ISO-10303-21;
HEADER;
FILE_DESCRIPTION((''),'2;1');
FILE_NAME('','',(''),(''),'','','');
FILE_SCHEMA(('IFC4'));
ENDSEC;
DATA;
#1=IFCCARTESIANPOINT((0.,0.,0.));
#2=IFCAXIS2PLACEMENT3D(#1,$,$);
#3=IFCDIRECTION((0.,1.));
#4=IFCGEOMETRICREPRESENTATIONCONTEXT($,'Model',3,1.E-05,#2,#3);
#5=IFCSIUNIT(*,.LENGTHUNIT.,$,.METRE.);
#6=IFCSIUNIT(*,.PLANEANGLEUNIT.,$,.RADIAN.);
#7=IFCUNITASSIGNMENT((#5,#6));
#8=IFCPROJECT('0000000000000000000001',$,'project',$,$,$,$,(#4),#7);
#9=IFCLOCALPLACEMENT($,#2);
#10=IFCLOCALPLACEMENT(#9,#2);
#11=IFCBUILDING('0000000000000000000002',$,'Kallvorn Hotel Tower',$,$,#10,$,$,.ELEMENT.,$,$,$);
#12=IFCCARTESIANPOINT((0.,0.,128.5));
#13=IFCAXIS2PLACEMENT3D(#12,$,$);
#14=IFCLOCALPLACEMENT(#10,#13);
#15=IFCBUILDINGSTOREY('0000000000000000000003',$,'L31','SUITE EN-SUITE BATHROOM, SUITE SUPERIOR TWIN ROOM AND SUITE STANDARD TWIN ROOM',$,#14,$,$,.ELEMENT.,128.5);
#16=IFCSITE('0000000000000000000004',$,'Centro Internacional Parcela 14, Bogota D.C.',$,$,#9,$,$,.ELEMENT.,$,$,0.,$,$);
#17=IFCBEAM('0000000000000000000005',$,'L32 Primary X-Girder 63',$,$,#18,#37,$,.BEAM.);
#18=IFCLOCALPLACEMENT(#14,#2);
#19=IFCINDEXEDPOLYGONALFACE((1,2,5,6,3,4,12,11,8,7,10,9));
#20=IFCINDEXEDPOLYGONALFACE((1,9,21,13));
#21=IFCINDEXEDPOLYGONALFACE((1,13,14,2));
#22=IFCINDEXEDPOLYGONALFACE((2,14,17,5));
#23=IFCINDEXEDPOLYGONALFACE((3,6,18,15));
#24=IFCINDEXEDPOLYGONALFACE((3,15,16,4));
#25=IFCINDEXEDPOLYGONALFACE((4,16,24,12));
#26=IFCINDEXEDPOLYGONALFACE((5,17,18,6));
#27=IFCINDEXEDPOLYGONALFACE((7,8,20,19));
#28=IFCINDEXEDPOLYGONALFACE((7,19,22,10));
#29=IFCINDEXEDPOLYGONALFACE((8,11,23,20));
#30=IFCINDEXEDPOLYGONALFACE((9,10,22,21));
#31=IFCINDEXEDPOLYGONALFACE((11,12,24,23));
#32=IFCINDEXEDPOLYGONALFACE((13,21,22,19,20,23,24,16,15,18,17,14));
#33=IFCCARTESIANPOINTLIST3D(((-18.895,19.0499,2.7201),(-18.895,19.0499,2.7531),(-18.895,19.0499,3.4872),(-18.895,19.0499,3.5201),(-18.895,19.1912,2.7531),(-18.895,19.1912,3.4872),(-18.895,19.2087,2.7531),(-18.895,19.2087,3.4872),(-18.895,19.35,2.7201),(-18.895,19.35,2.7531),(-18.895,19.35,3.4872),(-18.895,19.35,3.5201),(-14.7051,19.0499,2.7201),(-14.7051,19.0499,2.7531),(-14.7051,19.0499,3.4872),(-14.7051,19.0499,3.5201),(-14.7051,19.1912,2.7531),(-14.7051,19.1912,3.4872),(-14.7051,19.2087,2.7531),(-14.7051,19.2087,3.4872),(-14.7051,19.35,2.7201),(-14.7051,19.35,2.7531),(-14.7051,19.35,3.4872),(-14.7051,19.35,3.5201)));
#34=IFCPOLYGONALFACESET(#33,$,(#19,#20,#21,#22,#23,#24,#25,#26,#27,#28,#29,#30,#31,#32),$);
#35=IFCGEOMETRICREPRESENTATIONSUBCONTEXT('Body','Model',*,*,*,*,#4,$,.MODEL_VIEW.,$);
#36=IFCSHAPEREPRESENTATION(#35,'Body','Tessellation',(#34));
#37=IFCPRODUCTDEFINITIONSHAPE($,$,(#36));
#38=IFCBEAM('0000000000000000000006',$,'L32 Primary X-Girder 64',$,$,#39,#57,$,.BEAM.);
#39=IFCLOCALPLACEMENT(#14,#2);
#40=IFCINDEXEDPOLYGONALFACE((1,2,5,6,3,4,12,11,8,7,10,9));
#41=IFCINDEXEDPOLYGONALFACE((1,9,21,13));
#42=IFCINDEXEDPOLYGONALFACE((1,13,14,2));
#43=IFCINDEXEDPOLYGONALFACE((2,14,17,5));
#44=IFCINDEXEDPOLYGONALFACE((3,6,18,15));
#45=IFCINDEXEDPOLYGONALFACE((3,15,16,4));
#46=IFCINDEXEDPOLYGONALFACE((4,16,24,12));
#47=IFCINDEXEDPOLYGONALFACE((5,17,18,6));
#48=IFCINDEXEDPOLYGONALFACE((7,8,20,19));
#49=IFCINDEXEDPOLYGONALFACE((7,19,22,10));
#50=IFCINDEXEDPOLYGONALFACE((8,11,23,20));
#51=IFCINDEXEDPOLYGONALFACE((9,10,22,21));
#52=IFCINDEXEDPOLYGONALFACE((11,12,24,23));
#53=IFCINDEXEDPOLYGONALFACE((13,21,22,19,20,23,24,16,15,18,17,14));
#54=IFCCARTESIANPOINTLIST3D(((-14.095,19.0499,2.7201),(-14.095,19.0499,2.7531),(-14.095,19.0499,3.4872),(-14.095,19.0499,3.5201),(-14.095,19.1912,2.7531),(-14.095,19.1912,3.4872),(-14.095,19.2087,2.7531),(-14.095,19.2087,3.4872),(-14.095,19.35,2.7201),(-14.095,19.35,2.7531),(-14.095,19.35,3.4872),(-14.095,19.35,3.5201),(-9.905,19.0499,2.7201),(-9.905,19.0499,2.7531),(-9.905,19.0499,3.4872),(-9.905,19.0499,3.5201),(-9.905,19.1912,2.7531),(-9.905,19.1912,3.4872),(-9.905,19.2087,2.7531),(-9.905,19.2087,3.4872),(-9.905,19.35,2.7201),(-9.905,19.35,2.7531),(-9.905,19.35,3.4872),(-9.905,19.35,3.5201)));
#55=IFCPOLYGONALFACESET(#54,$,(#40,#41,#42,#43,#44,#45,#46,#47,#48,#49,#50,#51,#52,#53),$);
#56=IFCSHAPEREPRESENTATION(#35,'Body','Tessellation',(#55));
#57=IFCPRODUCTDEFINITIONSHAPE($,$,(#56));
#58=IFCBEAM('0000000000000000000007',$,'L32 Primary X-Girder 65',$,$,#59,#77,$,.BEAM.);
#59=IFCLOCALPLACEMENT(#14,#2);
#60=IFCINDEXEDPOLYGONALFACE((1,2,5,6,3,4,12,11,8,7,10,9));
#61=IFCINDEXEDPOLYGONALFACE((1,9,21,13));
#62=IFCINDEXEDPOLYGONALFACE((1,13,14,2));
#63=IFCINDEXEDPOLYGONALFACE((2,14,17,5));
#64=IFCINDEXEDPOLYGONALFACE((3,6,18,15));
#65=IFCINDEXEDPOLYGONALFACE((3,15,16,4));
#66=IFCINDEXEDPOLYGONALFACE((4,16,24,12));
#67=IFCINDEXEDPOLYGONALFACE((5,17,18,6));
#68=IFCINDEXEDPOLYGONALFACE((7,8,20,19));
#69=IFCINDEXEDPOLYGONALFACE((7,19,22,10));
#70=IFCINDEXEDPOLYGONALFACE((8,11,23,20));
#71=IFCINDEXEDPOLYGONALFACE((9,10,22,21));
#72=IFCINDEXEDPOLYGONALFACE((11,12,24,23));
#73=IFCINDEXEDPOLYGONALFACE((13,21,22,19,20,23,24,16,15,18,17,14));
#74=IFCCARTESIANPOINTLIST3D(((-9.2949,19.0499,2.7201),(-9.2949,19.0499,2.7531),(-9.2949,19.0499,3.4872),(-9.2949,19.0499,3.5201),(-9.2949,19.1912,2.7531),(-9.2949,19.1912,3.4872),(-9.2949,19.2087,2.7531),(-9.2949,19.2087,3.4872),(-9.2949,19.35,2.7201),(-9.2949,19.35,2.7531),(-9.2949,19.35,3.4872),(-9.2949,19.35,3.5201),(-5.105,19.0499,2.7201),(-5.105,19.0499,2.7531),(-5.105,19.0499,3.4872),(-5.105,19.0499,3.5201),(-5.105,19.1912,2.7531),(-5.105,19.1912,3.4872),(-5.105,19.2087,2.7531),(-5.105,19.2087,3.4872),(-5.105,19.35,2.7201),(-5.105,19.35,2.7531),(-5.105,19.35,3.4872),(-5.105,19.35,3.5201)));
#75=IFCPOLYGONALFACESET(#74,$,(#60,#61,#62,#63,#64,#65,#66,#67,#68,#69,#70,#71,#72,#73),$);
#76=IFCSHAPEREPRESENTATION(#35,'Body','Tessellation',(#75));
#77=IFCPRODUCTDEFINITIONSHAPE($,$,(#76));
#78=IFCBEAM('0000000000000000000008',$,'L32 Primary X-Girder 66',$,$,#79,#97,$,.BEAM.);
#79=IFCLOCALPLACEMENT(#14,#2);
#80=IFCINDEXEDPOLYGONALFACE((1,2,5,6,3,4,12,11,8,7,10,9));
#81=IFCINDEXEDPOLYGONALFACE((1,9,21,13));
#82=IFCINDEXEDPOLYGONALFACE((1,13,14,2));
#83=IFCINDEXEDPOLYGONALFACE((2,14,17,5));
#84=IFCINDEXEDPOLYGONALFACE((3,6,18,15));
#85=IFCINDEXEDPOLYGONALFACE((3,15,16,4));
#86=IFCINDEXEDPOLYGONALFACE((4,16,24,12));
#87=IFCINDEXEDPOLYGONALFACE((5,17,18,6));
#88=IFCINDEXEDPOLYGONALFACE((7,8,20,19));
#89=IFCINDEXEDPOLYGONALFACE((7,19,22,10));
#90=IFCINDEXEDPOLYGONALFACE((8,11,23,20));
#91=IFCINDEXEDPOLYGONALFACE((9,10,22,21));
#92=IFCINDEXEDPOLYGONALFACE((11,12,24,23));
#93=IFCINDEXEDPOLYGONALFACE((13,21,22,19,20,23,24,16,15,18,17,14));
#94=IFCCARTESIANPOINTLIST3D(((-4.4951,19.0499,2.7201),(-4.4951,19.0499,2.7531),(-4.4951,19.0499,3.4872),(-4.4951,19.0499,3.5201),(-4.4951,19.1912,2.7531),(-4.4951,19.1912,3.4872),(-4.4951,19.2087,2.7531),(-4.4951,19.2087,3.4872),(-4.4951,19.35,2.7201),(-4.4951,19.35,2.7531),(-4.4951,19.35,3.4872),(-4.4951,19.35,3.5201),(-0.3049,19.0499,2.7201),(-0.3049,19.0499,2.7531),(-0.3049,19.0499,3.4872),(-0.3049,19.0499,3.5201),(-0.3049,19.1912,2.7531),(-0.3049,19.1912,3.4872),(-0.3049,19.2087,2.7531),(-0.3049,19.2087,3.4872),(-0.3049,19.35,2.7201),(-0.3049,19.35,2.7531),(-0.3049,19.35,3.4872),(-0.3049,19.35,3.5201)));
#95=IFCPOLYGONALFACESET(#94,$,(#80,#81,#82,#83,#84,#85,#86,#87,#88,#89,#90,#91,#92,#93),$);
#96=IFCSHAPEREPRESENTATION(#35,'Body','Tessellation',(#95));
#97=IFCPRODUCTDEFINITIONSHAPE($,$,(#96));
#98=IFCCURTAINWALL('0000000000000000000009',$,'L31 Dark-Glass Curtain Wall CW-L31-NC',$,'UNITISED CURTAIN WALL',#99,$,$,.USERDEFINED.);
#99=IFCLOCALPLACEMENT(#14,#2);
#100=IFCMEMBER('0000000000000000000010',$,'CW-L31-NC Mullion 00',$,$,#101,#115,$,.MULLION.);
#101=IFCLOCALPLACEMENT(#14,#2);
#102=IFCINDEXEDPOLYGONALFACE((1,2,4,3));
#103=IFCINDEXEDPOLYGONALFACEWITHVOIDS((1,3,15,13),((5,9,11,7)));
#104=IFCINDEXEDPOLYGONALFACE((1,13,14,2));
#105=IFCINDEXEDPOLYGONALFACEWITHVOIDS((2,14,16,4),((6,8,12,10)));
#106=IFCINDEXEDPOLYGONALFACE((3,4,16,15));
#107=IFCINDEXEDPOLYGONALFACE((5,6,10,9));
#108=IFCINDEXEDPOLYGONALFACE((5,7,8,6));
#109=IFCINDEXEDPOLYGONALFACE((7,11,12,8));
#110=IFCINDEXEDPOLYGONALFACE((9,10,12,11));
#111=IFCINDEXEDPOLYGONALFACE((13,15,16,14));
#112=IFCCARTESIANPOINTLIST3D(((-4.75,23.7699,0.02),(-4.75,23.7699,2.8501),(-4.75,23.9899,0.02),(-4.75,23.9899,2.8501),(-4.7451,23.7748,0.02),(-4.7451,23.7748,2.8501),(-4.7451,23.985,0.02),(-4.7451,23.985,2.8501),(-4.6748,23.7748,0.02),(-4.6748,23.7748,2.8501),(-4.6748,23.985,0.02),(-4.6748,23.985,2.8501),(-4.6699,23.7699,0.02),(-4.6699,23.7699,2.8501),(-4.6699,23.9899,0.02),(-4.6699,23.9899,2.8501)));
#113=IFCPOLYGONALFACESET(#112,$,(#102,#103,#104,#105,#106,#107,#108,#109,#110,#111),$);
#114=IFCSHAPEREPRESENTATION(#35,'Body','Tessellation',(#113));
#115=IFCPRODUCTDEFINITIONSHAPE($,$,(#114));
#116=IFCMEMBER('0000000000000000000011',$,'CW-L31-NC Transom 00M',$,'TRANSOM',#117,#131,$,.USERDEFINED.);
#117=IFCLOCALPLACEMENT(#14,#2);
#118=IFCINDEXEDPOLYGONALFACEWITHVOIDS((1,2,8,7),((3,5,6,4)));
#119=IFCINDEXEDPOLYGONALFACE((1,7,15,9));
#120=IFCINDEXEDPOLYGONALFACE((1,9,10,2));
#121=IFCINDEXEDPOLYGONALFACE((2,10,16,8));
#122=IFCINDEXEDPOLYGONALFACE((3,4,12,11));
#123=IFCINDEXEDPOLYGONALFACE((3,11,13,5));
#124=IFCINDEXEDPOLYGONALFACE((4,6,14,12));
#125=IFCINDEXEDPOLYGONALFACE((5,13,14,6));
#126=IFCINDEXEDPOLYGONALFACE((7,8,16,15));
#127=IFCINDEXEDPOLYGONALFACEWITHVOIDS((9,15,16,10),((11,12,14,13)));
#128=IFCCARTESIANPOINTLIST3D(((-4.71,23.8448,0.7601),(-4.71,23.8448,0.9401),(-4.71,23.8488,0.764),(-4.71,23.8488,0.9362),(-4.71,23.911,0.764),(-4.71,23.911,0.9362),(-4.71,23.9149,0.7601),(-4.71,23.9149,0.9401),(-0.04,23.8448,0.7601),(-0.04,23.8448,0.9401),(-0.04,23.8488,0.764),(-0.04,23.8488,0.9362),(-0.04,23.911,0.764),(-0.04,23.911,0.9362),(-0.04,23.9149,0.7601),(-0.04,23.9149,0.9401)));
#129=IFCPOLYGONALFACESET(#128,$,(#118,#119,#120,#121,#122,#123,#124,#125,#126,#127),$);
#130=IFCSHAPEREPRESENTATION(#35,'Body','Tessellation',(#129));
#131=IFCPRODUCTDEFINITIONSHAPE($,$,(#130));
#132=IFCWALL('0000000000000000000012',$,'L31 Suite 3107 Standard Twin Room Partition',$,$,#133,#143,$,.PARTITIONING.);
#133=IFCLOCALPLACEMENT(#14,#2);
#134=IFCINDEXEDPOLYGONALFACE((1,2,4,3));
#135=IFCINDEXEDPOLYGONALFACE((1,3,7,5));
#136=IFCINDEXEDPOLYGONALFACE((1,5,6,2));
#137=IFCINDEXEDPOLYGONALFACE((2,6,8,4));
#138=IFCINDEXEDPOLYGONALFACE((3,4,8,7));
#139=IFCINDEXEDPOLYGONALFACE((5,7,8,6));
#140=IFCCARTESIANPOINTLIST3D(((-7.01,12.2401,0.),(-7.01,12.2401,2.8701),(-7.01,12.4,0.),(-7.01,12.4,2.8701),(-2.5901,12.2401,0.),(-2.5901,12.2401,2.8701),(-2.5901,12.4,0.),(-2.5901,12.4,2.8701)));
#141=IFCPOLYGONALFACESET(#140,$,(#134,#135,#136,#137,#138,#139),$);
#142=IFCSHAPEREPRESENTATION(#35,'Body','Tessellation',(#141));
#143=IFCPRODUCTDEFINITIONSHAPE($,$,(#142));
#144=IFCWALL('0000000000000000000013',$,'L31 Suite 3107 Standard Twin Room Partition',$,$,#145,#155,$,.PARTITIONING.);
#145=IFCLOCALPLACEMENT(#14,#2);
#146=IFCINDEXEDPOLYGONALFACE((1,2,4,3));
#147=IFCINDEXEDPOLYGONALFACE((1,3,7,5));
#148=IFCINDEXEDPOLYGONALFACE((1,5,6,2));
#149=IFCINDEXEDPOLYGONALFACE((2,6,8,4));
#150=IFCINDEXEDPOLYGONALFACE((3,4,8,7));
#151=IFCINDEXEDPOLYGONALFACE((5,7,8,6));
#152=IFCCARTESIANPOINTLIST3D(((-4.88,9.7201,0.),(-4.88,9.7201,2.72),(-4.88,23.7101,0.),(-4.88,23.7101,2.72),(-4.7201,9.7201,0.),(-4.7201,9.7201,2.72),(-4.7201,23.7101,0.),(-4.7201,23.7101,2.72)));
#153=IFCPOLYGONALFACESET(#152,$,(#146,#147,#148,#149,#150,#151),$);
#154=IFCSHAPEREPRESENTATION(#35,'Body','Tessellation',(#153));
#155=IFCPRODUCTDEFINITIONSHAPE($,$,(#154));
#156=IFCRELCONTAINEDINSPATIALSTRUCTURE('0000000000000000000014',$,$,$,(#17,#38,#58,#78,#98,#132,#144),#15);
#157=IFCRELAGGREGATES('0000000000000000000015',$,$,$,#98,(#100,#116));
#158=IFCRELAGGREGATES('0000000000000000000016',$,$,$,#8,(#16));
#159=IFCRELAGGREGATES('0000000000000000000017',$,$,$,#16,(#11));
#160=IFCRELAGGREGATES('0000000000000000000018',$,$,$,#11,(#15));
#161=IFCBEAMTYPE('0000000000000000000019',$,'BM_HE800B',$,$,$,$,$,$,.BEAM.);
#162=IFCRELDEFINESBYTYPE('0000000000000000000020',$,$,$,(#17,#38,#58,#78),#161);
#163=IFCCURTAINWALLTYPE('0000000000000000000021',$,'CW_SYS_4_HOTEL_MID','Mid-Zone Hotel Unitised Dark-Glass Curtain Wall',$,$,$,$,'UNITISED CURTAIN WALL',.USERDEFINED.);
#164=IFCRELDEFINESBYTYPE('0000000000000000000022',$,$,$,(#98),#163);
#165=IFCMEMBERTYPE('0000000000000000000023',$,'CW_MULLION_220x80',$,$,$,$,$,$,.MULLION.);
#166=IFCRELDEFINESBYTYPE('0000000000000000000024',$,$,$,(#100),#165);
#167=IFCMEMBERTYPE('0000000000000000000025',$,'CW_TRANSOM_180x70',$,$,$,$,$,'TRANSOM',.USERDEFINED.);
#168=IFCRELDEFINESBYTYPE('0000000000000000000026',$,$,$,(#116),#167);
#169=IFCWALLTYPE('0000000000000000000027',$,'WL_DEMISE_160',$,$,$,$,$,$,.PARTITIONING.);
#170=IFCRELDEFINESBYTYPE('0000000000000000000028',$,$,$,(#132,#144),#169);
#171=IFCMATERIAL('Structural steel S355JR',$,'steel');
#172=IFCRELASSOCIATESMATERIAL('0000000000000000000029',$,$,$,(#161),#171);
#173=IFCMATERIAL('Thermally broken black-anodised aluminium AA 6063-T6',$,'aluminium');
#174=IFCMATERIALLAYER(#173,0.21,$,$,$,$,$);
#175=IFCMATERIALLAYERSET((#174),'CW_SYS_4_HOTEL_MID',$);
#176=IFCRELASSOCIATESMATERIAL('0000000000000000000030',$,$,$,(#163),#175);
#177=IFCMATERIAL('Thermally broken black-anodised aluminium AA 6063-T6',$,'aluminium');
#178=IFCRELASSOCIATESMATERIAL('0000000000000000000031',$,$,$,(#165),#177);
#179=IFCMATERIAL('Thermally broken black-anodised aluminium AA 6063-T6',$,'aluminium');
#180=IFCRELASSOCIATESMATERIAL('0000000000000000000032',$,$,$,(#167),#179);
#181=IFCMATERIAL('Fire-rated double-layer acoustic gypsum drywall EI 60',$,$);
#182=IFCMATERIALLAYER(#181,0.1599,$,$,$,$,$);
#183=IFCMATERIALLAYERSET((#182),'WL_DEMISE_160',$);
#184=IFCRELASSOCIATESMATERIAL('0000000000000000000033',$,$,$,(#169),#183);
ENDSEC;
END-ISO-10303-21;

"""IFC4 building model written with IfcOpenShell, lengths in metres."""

from ifc_helpers import new_model, si_unit, direction, frame, frame_2d, origin, origin_2d, place, context, subcontext, project, spatial, rectangle, hollow_rectangle, i_section, extrude, material, layer, layer_set, material_profile, profile_set, type_object, element, aggregate, save


model = new_model("IFC4")

# Units and contexts
model_context = context("Model", 3, precision=1e-05, world=origin(), true_north=direction((0.0, 1.0)))
body_context = subcontext(model_context, "Body", "Model", "MODEL_VIEW")
ifc_project = project(units=[si_unit("LENGTHUNIT", "METRE"), si_unit("PLANEANGLEUNIT", "RADIAN")], contexts=[model_context])

# Site, building, storey
site_placement = place(None, origin())
site = spatial("IfcSite", under=ifc_project, at=site_placement, Name="Centro Internacional Parcela 14, Bogota D.C.", CompositionType="ELEMENT", RefElevation=0.0)
building_placement = place(site_placement, origin())
building = spatial("IfcBuilding", under=site, at=building_placement, Name="Kallvorn Hotel Tower", CompositionType="ELEMENT")
storey_placement = place(building_placement, frame((0.0, 0.0, 128.5)))
storey = spatial("IfcBuildingStorey", under=building, at=storey_placement, Name="L31", Description="SUITE EN-SUITE BATHROOM, SUITE SUPERIOR TWIN ROOM AND SUITE STANDARD TWIN ROOM", CompositionType="ELEMENT", Elevation=128.5)

# Beams
ifc_material_1 = material(Name="Structural steel S355JR", Category="steel")
ifc_material_profile_1 = material_profile(ifc_material_1, i_section(OverallWidth=0.3, OverallDepth=0.8, WebThickness=0.0176, FlangeThickness=0.033, at=origin_2d()), Name="HE 800 B")
ifc_profile_set_1 = profile_set([ifc_material_profile_1], Name="Structural steel S355JR")
beam_type_1 = type_object("IfcBeamType", Name="BM_HE800B", PredefinedType="BEAM", material=ifc_profile_set_1)
for number, where, z_axis, x_axis, name in (
    (1, (-18.895, 19.2, 3.1201), (1.0, 0.0, 0.0), (0.0, 1.0, 0.0), "L32 Primary X-Girder 63"),
    (2, (-14.095, 19.2, 3.1201), (1.0, 0.0, 0.0), (0.0, 1.0, 0.0), "L32 Primary X-Girder 64"),
    (3, (-9.2949, 19.2, 3.1201), (1.0, 0.0, 0.0), (0.0, 1.0, 0.0), "L32 Primary X-Girder 65"),
):
    element("IfcBeam", number, at=place(storey_placement, frame(where, z_axis=z_axis, x_axis=x_axis)), inside=storey, type_object=beam_type_1, Name=name, PredefinedType="BEAM", context=body_context, shape_type="SweptSolid", body=[
        extrude(i_section(OverallWidth=0.3, OverallDepth=0.8, WebThickness=0.0176, FlangeThickness=0.033, at=origin_2d()), origin(), (0.0, 0.0, 1.0), 4.1899),
    ])
beam_1_placement = place(storey_placement, frame((-4.4951, 19.2, 3.1201), z_axis=(1.0, 0.0, 0.0), x_axis=(0.0, 1.0, 0.0)))
element("IfcBeam", 4, at=beam_1_placement, inside=storey, type_object=beam_type_1, Name="L32 Primary X-Girder 66", PredefinedType="BEAM", context=body_context, shape_type="SweptSolid", body=[
    extrude(i_section(OverallWidth=0.3, OverallDepth=0.8, WebThickness=0.0176, FlangeThickness=0.033, at=origin_2d()), origin(), (0.0, 0.0, 1.0), 4.1902),
])

# Curtain wall, members
ifc_material_2 = material(Name="Thermally broken black-anodised aluminium AA 6063-T6", Category="aluminium")
ifc_layer_1 = layer(ifc_material_2, 0.21)
ifc_layer_set_1 = layer_set([ifc_layer_1], Name="CW_SYS_4_HOTEL_MID")
curtain_wall_type = type_object("IfcCurtainWallType", Name="CW_SYS_4_HOTEL_MID", Description="Mid-Zone Hotel Unitised Dark-Glass Curtain Wall", ElementType="UNITISED CURTAIN WALL", PredefinedType="USERDEFINED", material=ifc_layer_set_1)
curtain_wall_placement = place(storey_placement, origin())
curtain_wall = element("IfcCurtainWall", 5, at=curtain_wall_placement, inside=storey, type_object=curtain_wall_type, Name="L31 Dark-Glass Curtain Wall CW-L31-NC", ObjectType="UNITISED CURTAIN WALL", PredefinedType="USERDEFINED")
ifc_material_3 = material(Name="Thermally broken black-anodised aluminium AA 6063-T6", Category="aluminium")
ifc_material_profile_2 = material_profile(ifc_material_3, hollow_rectangle(XDim=0.0801, YDim=0.22, WallThickness=0.0049, at=origin_2d()), Name="MUL 220x80")
ifc_profile_set_2 = profile_set([ifc_material_profile_2], Name="Thermally broken black-anodised aluminium AA 6063-T6")
member_type_1 = type_object("IfcMemberType", Name="CW_MULLION_220x80", PredefinedType="MULLION", material=ifc_profile_set_2)
member_1_placement = place(storey_placement, frame((-4.71, 23.8799, 0.02), z_axis=(0.0, 0.0, 1.0), x_axis=(1.0, 0.0, 0.0)))
member_1 = element("IfcMember", 6, at=member_1_placement, type_object=member_type_1, Name="CW-L31-NC Mullion 00", PredefinedType="MULLION", context=body_context, shape_type="SweptSolid", body=[
    extrude(hollow_rectangle(XDim=0.0801, YDim=0.22, WallThickness=0.0049, at=origin_2d()), origin(), (0.0, 0.0, 1.0), 2.8301),
])
ifc_material_4 = material(Name="Thermally broken black-anodised aluminium AA 6063-T6", Category="aluminium")
ifc_material_profile_3 = material_profile(ifc_material_4, hollow_rectangle(XDim=0.0701, YDim=0.1799, WallThickness=0.0039, at=origin_2d()), Name="TRN 180x70")
ifc_profile_set_3 = profile_set([ifc_material_profile_3], Name="Thermally broken black-anodised aluminium AA 6063-T6")
member_type_2 = type_object("IfcMemberType", Name="CW_TRANSOM_180x70", ElementType="TRANSOM", PredefinedType="USERDEFINED", material=ifc_profile_set_3)
member_2_placement = place(storey_placement, frame((-4.71, 23.8799, 0.8501), z_axis=(1.0, 0.0, 0.0), x_axis=(0.0, 1.0, 0.0)))
member_2 = element("IfcMember", 7, at=member_2_placement, type_object=member_type_2, Name="CW-L31-NC Transom 00M", ObjectType="TRANSOM", PredefinedType="USERDEFINED", context=body_context, shape_type="SweptSolid", body=[
    extrude(hollow_rectangle(XDim=0.0701, YDim=0.1799, WallThickness=0.0039, at=origin_2d()), origin(), (0.0, 0.0, 1.0), 4.6699),
])
aggregate(curtain_wall, [member_1, member_2])

# Walls
ifc_material_5 = material(Name="Fire-rated double-layer acoustic gypsum drywall EI 60")
ifc_layer_2 = layer(ifc_material_5, 0.1599)
ifc_layer_set_2 = layer_set([ifc_layer_2], Name="WL_DEMISE_160")
wall_type = type_object("IfcWallType", Name="WL_DEMISE_160", PredefinedType="PARTITIONING", material=ifc_layer_set_2)
wall_1_placement = place(storey_placement, frame((-7.01, 12.3201, 0.0), z_axis=(0.0, 0.0, 1.0), x_axis=(1.0, 0.0, 0.0)))
element("IfcWall", 8, at=wall_1_placement, inside=storey, type_object=wall_type, Name="L31 Suite 3107 Standard Twin Room Partition", PredefinedType="PARTITIONING", context=body_context, shape_type="SweptSolid", body=[
    extrude(rectangle(XDim=4.4199, YDim=0.1599, at=frame_2d((2.21, 0.0))), origin(), (0.0, 0.0, 1.0), 2.8701),
])
wall_2_placement = place(storey_placement, frame((-4.8, 9.72, 0.0), z_axis=(0.0, 0.0, 1.0), x_axis=(0.0, 1.0, 0.0)))
element("IfcWall", 9, at=wall_2_placement, inside=storey, type_object=wall_type, Name="L31 Suite 3107 Standard Twin Room Partition", PredefinedType="PARTITIONING", context=body_context, shape_type="SweptSolid", body=[
    extrude(rectangle(XDim=13.99, YDim=0.1599, at=frame_2d((6.9951, 0.0))), origin(), (0.0, 0.0, 1.0), 2.72),
])

save(model, "model.ifc")
